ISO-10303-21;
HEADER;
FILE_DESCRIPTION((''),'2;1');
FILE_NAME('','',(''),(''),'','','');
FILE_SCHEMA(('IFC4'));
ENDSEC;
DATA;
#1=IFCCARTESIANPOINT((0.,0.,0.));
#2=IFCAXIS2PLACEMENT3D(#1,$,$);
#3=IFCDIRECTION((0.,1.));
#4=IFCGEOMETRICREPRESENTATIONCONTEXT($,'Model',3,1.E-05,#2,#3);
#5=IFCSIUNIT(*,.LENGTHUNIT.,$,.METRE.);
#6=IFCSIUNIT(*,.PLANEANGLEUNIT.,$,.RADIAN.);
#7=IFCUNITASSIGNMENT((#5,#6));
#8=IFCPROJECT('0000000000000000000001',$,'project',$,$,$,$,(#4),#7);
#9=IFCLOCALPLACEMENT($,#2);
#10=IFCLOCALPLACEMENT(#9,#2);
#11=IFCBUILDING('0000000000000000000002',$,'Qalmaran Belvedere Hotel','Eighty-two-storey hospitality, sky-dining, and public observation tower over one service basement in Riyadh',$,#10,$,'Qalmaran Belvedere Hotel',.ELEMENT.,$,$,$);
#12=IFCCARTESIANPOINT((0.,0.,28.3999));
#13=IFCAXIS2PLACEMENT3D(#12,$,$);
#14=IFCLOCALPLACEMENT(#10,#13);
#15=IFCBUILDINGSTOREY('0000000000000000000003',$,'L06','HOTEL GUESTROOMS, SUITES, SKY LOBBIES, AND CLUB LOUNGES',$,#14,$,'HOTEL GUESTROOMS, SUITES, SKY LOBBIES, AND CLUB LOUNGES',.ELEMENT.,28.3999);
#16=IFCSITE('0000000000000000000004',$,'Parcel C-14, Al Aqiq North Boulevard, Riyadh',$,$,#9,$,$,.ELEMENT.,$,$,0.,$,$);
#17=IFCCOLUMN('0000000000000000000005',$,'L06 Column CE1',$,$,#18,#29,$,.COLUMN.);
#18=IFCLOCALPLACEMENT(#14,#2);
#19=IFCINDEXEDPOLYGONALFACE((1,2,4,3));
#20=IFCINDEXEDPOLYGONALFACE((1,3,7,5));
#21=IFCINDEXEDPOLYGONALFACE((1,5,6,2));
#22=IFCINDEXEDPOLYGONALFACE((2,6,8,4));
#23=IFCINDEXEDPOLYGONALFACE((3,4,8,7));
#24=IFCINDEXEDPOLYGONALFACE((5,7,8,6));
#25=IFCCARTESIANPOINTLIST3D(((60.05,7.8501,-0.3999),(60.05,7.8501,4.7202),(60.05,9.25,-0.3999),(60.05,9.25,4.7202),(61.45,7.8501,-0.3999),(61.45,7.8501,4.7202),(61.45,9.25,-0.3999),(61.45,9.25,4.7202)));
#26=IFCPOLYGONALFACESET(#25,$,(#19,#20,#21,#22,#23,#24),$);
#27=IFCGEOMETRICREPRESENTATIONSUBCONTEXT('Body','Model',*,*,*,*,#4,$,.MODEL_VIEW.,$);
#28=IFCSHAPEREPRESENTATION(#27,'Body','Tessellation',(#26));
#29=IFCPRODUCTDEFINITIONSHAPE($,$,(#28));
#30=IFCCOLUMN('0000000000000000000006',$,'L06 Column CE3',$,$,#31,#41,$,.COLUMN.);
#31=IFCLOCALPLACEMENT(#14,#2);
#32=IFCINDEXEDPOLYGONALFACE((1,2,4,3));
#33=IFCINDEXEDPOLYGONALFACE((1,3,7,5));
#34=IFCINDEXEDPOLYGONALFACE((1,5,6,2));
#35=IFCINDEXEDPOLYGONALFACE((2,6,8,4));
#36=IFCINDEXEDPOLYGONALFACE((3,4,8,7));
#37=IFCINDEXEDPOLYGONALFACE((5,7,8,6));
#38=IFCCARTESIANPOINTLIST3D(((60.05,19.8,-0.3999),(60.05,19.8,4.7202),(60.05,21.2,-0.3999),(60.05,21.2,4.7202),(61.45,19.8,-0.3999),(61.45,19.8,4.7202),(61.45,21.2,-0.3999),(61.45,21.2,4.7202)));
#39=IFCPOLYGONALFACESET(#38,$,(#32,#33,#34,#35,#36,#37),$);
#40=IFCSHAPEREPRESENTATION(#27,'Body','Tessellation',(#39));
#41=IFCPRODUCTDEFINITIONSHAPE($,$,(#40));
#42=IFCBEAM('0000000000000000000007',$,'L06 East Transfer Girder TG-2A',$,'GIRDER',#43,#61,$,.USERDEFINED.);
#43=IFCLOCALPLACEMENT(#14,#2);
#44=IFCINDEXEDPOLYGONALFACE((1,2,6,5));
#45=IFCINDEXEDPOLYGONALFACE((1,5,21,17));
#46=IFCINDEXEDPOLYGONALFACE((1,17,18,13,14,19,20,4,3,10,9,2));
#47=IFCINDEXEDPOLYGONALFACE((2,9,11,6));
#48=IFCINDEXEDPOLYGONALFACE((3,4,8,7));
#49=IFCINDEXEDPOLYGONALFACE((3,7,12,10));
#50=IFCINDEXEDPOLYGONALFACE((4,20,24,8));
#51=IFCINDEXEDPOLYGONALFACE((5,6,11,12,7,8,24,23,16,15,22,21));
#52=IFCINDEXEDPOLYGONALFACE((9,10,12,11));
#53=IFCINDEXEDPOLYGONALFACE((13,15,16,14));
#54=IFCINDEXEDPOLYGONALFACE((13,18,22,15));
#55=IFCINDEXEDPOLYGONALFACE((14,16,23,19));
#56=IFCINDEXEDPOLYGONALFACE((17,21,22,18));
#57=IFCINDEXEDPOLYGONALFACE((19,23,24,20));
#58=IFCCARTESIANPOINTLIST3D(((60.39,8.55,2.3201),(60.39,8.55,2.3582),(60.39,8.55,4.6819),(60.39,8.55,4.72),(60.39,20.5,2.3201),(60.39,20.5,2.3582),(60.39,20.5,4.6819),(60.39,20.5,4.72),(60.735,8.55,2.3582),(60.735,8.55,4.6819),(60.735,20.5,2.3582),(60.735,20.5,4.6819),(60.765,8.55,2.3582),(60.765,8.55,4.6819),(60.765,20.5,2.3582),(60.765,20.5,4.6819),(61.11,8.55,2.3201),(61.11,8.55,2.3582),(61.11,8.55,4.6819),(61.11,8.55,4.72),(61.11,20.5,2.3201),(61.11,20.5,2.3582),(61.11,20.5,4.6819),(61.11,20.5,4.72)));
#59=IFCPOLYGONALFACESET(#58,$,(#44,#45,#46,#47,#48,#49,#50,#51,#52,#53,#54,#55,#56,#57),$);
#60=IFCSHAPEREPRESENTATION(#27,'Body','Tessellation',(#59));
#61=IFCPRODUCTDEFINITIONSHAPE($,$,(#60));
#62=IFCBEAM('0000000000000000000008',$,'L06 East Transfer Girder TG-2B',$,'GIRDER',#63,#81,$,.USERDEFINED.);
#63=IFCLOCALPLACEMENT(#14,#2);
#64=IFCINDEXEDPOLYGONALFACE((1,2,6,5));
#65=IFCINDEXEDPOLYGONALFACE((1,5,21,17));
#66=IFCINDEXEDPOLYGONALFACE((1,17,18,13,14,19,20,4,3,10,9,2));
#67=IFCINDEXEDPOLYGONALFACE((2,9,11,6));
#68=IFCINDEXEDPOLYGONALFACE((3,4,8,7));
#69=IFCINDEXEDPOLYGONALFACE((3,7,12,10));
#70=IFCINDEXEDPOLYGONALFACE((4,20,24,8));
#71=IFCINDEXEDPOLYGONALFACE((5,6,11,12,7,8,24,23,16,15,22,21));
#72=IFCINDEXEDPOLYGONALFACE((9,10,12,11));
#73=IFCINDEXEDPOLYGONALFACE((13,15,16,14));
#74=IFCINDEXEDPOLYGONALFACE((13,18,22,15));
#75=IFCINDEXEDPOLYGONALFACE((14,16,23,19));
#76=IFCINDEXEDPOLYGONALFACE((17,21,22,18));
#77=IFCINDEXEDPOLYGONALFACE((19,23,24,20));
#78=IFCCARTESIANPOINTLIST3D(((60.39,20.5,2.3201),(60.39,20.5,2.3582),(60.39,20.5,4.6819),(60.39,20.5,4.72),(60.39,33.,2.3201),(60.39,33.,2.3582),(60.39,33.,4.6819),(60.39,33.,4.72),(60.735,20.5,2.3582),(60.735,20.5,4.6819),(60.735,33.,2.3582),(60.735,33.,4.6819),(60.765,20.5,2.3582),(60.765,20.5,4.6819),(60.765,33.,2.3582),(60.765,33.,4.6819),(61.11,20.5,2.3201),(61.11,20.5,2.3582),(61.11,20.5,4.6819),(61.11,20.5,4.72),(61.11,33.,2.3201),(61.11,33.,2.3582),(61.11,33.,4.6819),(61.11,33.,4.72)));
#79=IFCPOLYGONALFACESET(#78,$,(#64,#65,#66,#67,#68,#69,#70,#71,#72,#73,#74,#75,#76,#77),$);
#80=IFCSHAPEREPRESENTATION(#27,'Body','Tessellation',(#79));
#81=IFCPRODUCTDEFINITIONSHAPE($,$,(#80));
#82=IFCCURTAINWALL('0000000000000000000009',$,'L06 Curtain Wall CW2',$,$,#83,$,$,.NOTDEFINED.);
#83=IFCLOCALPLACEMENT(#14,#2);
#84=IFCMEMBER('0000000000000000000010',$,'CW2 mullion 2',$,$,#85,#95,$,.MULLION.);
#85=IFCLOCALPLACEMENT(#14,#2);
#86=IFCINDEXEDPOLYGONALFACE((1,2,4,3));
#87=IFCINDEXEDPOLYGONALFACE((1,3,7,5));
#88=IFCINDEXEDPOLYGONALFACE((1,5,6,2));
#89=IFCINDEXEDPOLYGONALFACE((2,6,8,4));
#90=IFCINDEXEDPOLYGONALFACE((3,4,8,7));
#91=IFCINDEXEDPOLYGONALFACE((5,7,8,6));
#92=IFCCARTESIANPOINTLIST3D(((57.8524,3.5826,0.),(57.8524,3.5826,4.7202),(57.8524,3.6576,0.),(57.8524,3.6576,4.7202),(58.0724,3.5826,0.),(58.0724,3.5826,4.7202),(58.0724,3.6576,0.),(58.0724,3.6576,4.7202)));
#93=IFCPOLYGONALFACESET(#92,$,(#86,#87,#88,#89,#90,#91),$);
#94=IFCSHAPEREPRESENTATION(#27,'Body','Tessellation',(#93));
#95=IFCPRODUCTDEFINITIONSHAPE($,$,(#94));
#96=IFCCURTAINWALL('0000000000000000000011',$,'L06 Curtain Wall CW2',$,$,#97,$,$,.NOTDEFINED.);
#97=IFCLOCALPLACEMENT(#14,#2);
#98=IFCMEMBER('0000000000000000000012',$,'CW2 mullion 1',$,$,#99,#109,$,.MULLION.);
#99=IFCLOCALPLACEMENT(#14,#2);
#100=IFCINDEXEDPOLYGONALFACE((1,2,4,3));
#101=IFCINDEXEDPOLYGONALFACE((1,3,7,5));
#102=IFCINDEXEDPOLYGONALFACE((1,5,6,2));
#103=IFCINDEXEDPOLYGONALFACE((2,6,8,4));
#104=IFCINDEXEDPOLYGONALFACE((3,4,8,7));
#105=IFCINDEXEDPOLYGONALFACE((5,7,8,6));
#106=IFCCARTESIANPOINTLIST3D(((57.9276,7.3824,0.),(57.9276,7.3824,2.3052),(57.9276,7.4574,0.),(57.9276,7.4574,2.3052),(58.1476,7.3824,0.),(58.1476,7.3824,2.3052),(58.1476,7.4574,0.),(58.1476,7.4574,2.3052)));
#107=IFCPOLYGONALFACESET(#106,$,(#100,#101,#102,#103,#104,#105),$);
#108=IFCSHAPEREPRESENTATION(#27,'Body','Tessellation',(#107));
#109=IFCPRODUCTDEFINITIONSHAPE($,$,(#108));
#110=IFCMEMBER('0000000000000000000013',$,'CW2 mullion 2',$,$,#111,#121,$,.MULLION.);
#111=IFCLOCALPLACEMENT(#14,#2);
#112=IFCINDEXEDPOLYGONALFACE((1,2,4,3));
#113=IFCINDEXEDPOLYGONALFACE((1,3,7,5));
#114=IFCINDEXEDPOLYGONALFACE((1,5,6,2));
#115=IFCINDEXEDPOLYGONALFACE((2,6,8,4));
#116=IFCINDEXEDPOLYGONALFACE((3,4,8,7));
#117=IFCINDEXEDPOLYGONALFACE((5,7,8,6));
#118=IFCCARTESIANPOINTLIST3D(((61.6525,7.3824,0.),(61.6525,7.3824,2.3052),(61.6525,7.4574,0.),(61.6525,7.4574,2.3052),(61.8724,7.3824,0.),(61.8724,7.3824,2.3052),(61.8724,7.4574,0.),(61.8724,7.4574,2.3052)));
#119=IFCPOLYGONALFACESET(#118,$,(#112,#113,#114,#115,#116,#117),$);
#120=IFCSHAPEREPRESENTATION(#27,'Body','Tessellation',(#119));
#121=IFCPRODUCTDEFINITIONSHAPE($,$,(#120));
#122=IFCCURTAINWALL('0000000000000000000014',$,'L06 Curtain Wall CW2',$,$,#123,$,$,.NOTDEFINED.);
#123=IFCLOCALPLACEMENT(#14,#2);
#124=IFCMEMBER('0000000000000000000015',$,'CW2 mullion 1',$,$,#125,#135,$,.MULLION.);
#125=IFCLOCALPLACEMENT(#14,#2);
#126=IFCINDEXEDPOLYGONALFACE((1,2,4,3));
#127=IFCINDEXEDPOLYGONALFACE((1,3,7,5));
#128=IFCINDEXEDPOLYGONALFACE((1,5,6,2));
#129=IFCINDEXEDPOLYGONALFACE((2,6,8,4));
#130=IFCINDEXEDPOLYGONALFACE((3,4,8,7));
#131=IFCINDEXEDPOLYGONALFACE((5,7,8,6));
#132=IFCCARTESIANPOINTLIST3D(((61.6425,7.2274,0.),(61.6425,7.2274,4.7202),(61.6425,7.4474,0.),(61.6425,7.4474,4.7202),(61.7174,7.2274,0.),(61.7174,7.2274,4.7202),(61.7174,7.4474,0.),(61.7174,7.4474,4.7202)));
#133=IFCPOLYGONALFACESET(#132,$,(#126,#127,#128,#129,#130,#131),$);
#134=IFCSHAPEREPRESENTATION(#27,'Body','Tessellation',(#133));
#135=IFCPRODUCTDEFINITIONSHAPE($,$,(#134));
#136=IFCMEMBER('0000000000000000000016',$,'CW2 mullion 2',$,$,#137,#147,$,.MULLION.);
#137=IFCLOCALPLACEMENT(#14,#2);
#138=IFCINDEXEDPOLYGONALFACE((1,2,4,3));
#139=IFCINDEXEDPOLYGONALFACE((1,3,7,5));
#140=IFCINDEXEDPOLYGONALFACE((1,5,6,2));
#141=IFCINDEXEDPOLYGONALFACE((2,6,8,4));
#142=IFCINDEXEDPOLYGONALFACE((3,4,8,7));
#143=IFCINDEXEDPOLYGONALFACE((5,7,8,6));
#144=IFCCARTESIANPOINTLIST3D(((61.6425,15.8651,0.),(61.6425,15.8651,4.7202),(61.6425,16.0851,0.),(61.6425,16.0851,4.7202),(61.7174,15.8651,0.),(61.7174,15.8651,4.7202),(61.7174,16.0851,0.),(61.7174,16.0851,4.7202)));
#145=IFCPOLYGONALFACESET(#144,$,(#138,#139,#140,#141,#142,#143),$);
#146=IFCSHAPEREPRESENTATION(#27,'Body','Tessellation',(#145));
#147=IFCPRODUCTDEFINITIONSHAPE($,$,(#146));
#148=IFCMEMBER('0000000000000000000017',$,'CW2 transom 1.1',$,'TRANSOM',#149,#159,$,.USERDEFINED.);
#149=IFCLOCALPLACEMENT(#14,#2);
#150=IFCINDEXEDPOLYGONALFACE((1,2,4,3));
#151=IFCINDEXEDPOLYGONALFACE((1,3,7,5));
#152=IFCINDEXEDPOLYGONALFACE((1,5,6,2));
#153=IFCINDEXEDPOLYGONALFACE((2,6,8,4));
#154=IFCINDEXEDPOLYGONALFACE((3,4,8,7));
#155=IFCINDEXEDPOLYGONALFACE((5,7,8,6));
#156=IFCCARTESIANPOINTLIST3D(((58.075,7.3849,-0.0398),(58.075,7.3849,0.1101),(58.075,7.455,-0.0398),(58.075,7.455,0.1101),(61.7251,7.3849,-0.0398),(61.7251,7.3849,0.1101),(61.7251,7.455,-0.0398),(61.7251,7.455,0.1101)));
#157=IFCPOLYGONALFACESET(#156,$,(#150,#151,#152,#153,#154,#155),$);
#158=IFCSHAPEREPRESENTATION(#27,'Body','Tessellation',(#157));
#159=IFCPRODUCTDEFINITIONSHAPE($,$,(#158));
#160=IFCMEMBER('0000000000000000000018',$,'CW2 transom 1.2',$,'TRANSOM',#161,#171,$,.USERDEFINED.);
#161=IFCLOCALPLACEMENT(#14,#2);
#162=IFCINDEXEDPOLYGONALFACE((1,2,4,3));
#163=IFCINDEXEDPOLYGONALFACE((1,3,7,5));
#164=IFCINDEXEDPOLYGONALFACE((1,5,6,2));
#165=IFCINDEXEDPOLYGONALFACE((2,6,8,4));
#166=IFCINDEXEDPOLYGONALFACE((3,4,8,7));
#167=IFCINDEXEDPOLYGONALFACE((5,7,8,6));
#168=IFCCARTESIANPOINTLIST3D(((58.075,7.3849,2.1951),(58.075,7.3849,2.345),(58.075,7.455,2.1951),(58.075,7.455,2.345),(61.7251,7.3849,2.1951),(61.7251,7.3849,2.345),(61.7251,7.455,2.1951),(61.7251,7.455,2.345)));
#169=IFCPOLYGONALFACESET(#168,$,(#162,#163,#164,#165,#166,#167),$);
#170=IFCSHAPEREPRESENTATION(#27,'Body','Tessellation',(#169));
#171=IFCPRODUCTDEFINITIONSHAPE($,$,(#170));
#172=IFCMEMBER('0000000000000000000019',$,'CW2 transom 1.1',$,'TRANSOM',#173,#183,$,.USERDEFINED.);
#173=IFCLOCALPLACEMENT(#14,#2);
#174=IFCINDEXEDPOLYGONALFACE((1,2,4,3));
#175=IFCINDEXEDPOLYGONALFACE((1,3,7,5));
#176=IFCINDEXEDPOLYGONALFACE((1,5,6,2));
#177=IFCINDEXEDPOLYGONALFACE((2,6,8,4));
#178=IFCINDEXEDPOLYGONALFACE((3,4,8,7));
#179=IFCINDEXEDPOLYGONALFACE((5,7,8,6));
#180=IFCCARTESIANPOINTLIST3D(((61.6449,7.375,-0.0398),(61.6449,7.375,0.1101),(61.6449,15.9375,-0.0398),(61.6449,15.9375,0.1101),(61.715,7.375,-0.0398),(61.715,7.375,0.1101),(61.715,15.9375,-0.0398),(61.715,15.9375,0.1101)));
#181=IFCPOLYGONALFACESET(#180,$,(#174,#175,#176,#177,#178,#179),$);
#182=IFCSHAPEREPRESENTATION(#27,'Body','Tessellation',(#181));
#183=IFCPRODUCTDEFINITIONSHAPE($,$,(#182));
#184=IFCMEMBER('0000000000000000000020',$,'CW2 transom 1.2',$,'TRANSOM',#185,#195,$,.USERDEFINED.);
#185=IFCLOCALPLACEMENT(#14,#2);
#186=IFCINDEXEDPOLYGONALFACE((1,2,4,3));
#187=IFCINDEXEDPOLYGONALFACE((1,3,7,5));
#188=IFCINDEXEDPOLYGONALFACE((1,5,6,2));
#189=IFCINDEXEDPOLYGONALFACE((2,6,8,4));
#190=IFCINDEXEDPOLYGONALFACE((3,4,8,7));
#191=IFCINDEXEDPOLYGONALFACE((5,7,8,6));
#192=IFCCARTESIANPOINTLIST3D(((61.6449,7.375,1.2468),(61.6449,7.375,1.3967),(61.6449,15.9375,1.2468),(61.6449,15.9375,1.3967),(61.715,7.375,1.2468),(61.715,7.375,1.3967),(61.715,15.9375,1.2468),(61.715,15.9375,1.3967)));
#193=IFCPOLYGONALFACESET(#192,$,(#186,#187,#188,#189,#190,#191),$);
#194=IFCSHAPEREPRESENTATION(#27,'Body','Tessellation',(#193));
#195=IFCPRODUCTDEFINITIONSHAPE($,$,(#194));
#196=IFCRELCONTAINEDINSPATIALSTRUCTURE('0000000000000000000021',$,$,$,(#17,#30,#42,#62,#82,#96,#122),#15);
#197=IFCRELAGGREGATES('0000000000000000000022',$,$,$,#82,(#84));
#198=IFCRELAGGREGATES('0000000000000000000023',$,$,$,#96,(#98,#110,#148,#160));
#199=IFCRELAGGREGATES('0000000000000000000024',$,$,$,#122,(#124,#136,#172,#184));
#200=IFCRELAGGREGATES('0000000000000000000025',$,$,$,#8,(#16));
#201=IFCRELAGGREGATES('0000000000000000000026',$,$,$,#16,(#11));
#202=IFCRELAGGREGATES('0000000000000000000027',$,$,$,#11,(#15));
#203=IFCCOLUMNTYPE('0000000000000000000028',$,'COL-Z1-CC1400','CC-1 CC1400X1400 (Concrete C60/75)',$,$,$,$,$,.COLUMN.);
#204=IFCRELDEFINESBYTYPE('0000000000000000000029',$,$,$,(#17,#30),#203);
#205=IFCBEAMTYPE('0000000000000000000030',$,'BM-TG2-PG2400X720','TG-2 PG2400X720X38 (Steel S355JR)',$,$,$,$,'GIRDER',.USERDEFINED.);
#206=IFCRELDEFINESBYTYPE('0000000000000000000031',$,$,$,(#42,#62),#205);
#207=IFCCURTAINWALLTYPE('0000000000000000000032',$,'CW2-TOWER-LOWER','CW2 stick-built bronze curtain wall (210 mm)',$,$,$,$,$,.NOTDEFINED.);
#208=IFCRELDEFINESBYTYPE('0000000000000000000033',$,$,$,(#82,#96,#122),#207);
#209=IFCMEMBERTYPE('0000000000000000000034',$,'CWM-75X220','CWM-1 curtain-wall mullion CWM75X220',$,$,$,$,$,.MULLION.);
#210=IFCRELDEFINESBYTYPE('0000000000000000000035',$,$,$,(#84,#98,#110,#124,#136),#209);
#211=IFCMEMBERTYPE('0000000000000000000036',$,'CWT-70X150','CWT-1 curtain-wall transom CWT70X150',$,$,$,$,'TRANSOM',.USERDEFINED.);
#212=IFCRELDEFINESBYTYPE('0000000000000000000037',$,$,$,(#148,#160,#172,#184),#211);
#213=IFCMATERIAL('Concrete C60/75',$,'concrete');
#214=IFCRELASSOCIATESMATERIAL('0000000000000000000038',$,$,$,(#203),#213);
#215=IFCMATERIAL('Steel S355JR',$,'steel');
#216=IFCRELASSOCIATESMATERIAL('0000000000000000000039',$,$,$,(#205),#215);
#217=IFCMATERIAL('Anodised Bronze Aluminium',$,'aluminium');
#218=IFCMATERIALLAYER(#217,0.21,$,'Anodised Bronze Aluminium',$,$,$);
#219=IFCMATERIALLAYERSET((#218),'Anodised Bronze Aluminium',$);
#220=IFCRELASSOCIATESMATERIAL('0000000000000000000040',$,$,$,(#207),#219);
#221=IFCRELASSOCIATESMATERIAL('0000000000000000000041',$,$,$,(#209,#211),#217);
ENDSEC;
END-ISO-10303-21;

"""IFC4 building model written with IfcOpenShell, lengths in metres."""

from ifc_helpers import new_model, si_unit, direction, frame, origin, origin_2d, place, context, subcontext, project, spatial, rectangle, i_section, extrude, material, layer, layer_set, material_profile, profile_set, type_object, element, aggregate, save


model = new_model("IFC4")

# Units and contexts
model_context = context("Model", 3, precision=1e-05, world=origin(), true_north=direction((0.0, 1.0)))
body_context = subcontext(model_context, "Body", "Model", "MODEL_VIEW")
ifc_project = project(units=[si_unit("LENGTHUNIT", "METRE"), si_unit("PLANEANGLEUNIT", "RADIAN")], contexts=[model_context])

# Site, building, storey
site_placement = place(None, origin())
site = spatial("IfcSite", under=ifc_project, at=site_placement, Name="Parcel C-14, Al Aqiq North Boulevard, Riyadh", CompositionType="ELEMENT", RefElevation=0.0)
building_placement = place(site_placement, origin())
building = spatial("IfcBuilding", under=site, at=building_placement, Name="Qalmaran Belvedere Hotel", Description="Eighty-two-storey hospitality, sky-dining, and public observation tower over one service basement in Riyadh", LongName="Qalmaran Belvedere Hotel", CompositionType="ELEMENT")
storey_placement = place(building_placement, frame((0.0, 0.0, 28.3999)))
storey = spatial("IfcBuildingStorey", under=building, at=storey_placement, Name="L06", Description="HOTEL GUESTROOMS, SUITES, SKY LOBBIES, AND CLUB LOUNGES", LongName="HOTEL GUESTROOMS, SUITES, SKY LOBBIES, AND CLUB LOUNGES", CompositionType="ELEMENT", Elevation=28.3999)

# Columns
ifc_material_1 = material(Name="Concrete C60/75", Category="concrete")
ifc_material_profile_1 = material_profile(ifc_material_1, rectangle(XDim=1.3999, YDim=1.3999, at=origin_2d()), Name="CC1400X1400")
ifc_profile_set_1 = profile_set([ifc_material_profile_1], Name="Concrete C60/75")
column_type = type_object("IfcColumnType", Name="COL-Z1-CC1400", Description="CC-1 CC1400X1400 (Concrete C60/75)", PredefinedType="COLUMN", material=ifc_profile_set_1)
for number, where, z_axis, x_axis, name in (
    (1, (60.75, 8.55, -0.3999), (0.0, 0.0, 1.0), (1.0, 0.0, 0.0), "L06 Column CE1"),
    (2, (60.75, 20.5, -0.3999), (0.0, 0.0, 1.0), (1.0, 0.0, 0.0), "L06 Column CE3"),
):
    element("IfcColumn", number, at=place(storey_placement, frame(where, z_axis=z_axis, x_axis=x_axis)), inside=storey, type_object=column_type, Name=name, PredefinedType="COLUMN", context=body_context, shape_type="SweptSolid", body=[
        extrude(rectangle(XDim=1.3999, YDim=1.3999, at=origin_2d()), origin(), (0.0, 0.0, 1.0), 5.1201),
    ])

# Beams
ifc_material_2 = material(Name="Steel S355JR", Category="steel")
ifc_material_profile_2 = material_profile(ifc_material_2, i_section(OverallWidth=0.72, OverallDepth=2.3999, WebThickness=0.03, FlangeThickness=0.0381, at=origin_2d()), Name="PG2400X720X38")
ifc_profile_set_2 = profile_set([ifc_material_profile_2], Name="Steel S355JR")
beam_type = type_object("IfcBeamType", Name="BM-TG2-PG2400X720", Description="TG-2 PG2400X720X38 (Steel S355JR)", ElementType="GIRDER", PredefinedType="USERDEFINED", material=ifc_profile_set_2)
beam_1_placement = place(storey_placement, frame((60.75, 8.55, 3.52), z_axis=(0.0, 1.0, 0.0), x_axis=(-1.0, 0.0, 0.0)))
element("IfcBeam", 3, at=beam_1_placement, inside=storey, type_object=beam_type, Name="L06 East Transfer Girder TG-2A", ObjectType="GIRDER", PredefinedType="USERDEFINED", context=body_context, shape_type="SweptSolid", body=[
    extrude(i_section(OverallWidth=0.72, OverallDepth=2.3999, WebThickness=0.03, FlangeThickness=0.0381, at=origin_2d()), origin(), (0.0, 0.0, 1.0), 11.95),
])
beam_2_placement = place(storey_placement, frame((60.75, 20.5, 3.52), z_axis=(0.0, 1.0, 0.0), x_axis=(-1.0, 0.0, 0.0)))
element("IfcBeam", 4, at=beam_2_placement, inside=storey, type_object=beam_type, Name="L06 East Transfer Girder TG-2B", ObjectType="GIRDER", PredefinedType="USERDEFINED", context=body_context, shape_type="SweptSolid", body=[
    extrude(i_section(OverallWidth=0.72, OverallDepth=2.3999, WebThickness=0.03, FlangeThickness=0.0381, at=origin_2d()), origin(), (0.0, 0.0, 1.0), 12.5),
])

# Curtain wall, member
ifc_material_3 = material(Name="Anodised Bronze Aluminium", Category="aluminium")
ifc_layer_1 = layer(ifc_material_3, 0.21, Name="Anodised Bronze Aluminium")
ifc_layer_set_1 = layer_set([ifc_layer_1], Name="Anodised Bronze Aluminium")
curtain_wall_type = type_object("IfcCurtainWallType", Name="CW2-TOWER-LOWER", Description="CW2 stick-built bronze curtain wall (210 mm)", PredefinedType="NOTDEFINED", material=ifc_layer_set_1)
curtain_wall_1_placement = place(storey_placement, origin())
curtain_wall_1 = element("IfcCurtainWall", 5, at=curtain_wall_1_placement, inside=storey, type_object=curtain_wall_type, Name="L06 Curtain Wall CW2", PredefinedType="NOTDEFINED")
ifc_material_profile_3 = material_profile(ifc_material_3, rectangle(XDim=0.075, YDim=0.22, at=origin_2d()), Name="CWM75X220")
ifc_profile_set_3 = profile_set([ifc_material_profile_3], Name="Anodised Bronze Aluminium")
member_type_1 = type_object("IfcMemberType", Name="CWM-75X220", Description="CWM-1 curtain-wall mullion CWM75X220", PredefinedType="MULLION", material=ifc_profile_set_3)
member_1_placement = place(storey_placement, frame((57.9624, 3.6201, 0.0), z_axis=(0.0, 0.0, 1.0), x_axis=(0.0, 1.0, 0.0)))
member_1 = element("IfcMember", 6, at=member_1_placement, type_object=member_type_1, Name="CW2 mullion 2", PredefinedType="MULLION", context=body_context, shape_type="SweptSolid", body=[
    extrude(rectangle(XDim=0.075, YDim=0.22, at=origin_2d()), origin(), (0.0, 0.0, 1.0), 4.7202),
])
aggregate(curtain_wall_1, [member_1])

# Curtain walls, members
curtain_wall_2_placement = place(storey_placement, origin())
curtain_wall_2 = element("IfcCurtainWall", 7, at=curtain_wall_2_placement, inside=storey, type_object=curtain_wall_type, Name="L06 Curtain Wall CW2", PredefinedType="NOTDEFINED")
member_2_placement = place(storey_placement, frame((58.0376, 7.4199, 0.0), z_axis=(0.0, 0.0, 1.0), x_axis=(0.0, 1.0, 0.0)))
member_2 = element("IfcMember", 8, at=member_2_placement, type_object=member_type_1, Name="CW2 mullion 1", PredefinedType="MULLION", context=body_context, shape_type="SweptSolid", body=[
    extrude(rectangle(XDim=0.075, YDim=0.22, at=origin_2d()), origin(), (0.0, 0.0, 1.0), 2.3052),
])
member_3_placement = place(storey_placement, frame((61.7625, 7.4199, 0.0), z_axis=(0.0, 0.0, 1.0), x_axis=(0.0, 1.0, 0.0)))
member_3 = element("IfcMember", 9, at=member_3_placement, type_object=member_type_1, Name="CW2 mullion 2", PredefinedType="MULLION", context=body_context, shape_type="SweptSolid", body=[
    extrude(rectangle(XDim=0.075, YDim=0.22, at=origin_2d()), origin(), (0.0, 0.0, 1.0), 2.3052),
])
curtain_wall_3_placement = place(storey_placement, origin())
curtain_wall_3 = element("IfcCurtainWall", 10, at=curtain_wall_3_placement, inside=storey, type_object=curtain_wall_type, Name="L06 Curtain Wall CW2", PredefinedType="NOTDEFINED")
member_4_placement = place(storey_placement, frame((61.6799, 7.3374, 0.0), z_axis=(0.0, 0.0, 1.0), x_axis=(-1.0, 0.0, 0.0)))
member_4 = element("IfcMember", 11, at=member_4_placement, type_object=member_type_1, Name="CW2 mullion 1", PredefinedType="MULLION", context=body_context, shape_type="SweptSolid", body=[
    extrude(rectangle(XDim=0.075, YDim=0.22, at=origin_2d()), origin(), (0.0, 0.0, 1.0), 4.7202),
])
member_5_placement = place(storey_placement, frame((61.6799, 15.9751, 0.0), z_axis=(0.0, 0.0, 1.0), x_axis=(-1.0, 0.0, 0.0)))
member_5 = element("IfcMember", 12, at=member_5_placement, type_object=member_type_1, Name="CW2 mullion 2", PredefinedType="MULLION", context=body_context, shape_type="SweptSolid", body=[
    extrude(rectangle(XDim=0.075, YDim=0.22, at=origin_2d()), origin(), (0.0, 0.0, 1.0), 4.7202),
])

# Members
ifc_material_profile_4 = material_profile(ifc_material_3, rectangle(XDim=0.0701, YDim=0.1499, at=origin_2d()), Name="CWT70X150")
ifc_profile_set_4 = profile_set([ifc_material_profile_4], Name="Anodised Bronze Aluminium")
member_type_2 = type_object("IfcMemberType", Name="CWT-70X150", Description="CWT-1 curtain-wall transom CWT70X150", ElementType="TRANSOM", PredefinedType="USERDEFINED", material=ifc_profile_set_4)
member_6_placement = place(storey_placement, frame((58.075, 7.4199, 0.0352), z_axis=(1.0, 0.0, 0.0), x_axis=(0.0, 1.0, 0.0)))
member_6 = element("IfcMember", 13, at=member_6_placement, type_object=member_type_2, Name="CW2 transom 1.1", ObjectType="TRANSOM", PredefinedType="USERDEFINED", context=body_context, shape_type="SweptSolid", body=[
    extrude(rectangle(XDim=0.0701, YDim=0.1499, at=origin_2d()), origin(), (0.0, 0.0, 1.0), 3.6501),
])
member_7_placement = place(storey_placement, frame((58.075, 7.4199, 2.27), z_axis=(1.0, 0.0, 0.0), x_axis=(0.0, 1.0, 0.0)))
member_7 = element("IfcMember", 14, at=member_7_placement, type_object=member_type_2, Name="CW2 transom 1.2", ObjectType="TRANSOM", PredefinedType="USERDEFINED", context=body_context, shape_type="SweptSolid", body=[
    extrude(rectangle(XDim=0.0701, YDim=0.1499, at=origin_2d()), origin(), (0.0, 0.0, 1.0), 3.6501),
])
member_8_placement = place(storey_placement, frame((61.6799, 7.375, 0.0352), z_axis=(0.0, 1.0, 0.0), x_axis=(-1.0, 0.0, 0.0)))
member_8 = element("IfcMember", 15, at=member_8_placement, type_object=member_type_2, Name="CW2 transom 1.1", ObjectType="TRANSOM", PredefinedType="USERDEFINED", context=body_context, shape_type="SweptSolid", body=[
    extrude(rectangle(XDim=0.0701, YDim=0.1499, at=origin_2d()), origin(), (0.0, 0.0, 1.0), 8.5625),
])
member_9_placement = place(storey_placement, frame((61.6799, 7.375, 1.3218), z_axis=(0.0, 1.0, 0.0), x_axis=(-1.0, 0.0, 0.0)))
member_9 = element("IfcMember", 16, at=member_9_placement, type_object=member_type_2, Name="CW2 transom 1.2", ObjectType="TRANSOM", PredefinedType="USERDEFINED", context=body_context, shape_type="SweptSolid", body=[
    extrude(rectangle(XDim=0.0701, YDim=0.1499, at=origin_2d()), origin(), (0.0, 0.0, 1.0), 8.5625),
])

aggregate(curtain_wall_2, [member_2, member_3, member_6, member_7])
aggregate(curtain_wall_3, [member_4, member_5, member_8, member_9])

save(model, "model.ifc")
